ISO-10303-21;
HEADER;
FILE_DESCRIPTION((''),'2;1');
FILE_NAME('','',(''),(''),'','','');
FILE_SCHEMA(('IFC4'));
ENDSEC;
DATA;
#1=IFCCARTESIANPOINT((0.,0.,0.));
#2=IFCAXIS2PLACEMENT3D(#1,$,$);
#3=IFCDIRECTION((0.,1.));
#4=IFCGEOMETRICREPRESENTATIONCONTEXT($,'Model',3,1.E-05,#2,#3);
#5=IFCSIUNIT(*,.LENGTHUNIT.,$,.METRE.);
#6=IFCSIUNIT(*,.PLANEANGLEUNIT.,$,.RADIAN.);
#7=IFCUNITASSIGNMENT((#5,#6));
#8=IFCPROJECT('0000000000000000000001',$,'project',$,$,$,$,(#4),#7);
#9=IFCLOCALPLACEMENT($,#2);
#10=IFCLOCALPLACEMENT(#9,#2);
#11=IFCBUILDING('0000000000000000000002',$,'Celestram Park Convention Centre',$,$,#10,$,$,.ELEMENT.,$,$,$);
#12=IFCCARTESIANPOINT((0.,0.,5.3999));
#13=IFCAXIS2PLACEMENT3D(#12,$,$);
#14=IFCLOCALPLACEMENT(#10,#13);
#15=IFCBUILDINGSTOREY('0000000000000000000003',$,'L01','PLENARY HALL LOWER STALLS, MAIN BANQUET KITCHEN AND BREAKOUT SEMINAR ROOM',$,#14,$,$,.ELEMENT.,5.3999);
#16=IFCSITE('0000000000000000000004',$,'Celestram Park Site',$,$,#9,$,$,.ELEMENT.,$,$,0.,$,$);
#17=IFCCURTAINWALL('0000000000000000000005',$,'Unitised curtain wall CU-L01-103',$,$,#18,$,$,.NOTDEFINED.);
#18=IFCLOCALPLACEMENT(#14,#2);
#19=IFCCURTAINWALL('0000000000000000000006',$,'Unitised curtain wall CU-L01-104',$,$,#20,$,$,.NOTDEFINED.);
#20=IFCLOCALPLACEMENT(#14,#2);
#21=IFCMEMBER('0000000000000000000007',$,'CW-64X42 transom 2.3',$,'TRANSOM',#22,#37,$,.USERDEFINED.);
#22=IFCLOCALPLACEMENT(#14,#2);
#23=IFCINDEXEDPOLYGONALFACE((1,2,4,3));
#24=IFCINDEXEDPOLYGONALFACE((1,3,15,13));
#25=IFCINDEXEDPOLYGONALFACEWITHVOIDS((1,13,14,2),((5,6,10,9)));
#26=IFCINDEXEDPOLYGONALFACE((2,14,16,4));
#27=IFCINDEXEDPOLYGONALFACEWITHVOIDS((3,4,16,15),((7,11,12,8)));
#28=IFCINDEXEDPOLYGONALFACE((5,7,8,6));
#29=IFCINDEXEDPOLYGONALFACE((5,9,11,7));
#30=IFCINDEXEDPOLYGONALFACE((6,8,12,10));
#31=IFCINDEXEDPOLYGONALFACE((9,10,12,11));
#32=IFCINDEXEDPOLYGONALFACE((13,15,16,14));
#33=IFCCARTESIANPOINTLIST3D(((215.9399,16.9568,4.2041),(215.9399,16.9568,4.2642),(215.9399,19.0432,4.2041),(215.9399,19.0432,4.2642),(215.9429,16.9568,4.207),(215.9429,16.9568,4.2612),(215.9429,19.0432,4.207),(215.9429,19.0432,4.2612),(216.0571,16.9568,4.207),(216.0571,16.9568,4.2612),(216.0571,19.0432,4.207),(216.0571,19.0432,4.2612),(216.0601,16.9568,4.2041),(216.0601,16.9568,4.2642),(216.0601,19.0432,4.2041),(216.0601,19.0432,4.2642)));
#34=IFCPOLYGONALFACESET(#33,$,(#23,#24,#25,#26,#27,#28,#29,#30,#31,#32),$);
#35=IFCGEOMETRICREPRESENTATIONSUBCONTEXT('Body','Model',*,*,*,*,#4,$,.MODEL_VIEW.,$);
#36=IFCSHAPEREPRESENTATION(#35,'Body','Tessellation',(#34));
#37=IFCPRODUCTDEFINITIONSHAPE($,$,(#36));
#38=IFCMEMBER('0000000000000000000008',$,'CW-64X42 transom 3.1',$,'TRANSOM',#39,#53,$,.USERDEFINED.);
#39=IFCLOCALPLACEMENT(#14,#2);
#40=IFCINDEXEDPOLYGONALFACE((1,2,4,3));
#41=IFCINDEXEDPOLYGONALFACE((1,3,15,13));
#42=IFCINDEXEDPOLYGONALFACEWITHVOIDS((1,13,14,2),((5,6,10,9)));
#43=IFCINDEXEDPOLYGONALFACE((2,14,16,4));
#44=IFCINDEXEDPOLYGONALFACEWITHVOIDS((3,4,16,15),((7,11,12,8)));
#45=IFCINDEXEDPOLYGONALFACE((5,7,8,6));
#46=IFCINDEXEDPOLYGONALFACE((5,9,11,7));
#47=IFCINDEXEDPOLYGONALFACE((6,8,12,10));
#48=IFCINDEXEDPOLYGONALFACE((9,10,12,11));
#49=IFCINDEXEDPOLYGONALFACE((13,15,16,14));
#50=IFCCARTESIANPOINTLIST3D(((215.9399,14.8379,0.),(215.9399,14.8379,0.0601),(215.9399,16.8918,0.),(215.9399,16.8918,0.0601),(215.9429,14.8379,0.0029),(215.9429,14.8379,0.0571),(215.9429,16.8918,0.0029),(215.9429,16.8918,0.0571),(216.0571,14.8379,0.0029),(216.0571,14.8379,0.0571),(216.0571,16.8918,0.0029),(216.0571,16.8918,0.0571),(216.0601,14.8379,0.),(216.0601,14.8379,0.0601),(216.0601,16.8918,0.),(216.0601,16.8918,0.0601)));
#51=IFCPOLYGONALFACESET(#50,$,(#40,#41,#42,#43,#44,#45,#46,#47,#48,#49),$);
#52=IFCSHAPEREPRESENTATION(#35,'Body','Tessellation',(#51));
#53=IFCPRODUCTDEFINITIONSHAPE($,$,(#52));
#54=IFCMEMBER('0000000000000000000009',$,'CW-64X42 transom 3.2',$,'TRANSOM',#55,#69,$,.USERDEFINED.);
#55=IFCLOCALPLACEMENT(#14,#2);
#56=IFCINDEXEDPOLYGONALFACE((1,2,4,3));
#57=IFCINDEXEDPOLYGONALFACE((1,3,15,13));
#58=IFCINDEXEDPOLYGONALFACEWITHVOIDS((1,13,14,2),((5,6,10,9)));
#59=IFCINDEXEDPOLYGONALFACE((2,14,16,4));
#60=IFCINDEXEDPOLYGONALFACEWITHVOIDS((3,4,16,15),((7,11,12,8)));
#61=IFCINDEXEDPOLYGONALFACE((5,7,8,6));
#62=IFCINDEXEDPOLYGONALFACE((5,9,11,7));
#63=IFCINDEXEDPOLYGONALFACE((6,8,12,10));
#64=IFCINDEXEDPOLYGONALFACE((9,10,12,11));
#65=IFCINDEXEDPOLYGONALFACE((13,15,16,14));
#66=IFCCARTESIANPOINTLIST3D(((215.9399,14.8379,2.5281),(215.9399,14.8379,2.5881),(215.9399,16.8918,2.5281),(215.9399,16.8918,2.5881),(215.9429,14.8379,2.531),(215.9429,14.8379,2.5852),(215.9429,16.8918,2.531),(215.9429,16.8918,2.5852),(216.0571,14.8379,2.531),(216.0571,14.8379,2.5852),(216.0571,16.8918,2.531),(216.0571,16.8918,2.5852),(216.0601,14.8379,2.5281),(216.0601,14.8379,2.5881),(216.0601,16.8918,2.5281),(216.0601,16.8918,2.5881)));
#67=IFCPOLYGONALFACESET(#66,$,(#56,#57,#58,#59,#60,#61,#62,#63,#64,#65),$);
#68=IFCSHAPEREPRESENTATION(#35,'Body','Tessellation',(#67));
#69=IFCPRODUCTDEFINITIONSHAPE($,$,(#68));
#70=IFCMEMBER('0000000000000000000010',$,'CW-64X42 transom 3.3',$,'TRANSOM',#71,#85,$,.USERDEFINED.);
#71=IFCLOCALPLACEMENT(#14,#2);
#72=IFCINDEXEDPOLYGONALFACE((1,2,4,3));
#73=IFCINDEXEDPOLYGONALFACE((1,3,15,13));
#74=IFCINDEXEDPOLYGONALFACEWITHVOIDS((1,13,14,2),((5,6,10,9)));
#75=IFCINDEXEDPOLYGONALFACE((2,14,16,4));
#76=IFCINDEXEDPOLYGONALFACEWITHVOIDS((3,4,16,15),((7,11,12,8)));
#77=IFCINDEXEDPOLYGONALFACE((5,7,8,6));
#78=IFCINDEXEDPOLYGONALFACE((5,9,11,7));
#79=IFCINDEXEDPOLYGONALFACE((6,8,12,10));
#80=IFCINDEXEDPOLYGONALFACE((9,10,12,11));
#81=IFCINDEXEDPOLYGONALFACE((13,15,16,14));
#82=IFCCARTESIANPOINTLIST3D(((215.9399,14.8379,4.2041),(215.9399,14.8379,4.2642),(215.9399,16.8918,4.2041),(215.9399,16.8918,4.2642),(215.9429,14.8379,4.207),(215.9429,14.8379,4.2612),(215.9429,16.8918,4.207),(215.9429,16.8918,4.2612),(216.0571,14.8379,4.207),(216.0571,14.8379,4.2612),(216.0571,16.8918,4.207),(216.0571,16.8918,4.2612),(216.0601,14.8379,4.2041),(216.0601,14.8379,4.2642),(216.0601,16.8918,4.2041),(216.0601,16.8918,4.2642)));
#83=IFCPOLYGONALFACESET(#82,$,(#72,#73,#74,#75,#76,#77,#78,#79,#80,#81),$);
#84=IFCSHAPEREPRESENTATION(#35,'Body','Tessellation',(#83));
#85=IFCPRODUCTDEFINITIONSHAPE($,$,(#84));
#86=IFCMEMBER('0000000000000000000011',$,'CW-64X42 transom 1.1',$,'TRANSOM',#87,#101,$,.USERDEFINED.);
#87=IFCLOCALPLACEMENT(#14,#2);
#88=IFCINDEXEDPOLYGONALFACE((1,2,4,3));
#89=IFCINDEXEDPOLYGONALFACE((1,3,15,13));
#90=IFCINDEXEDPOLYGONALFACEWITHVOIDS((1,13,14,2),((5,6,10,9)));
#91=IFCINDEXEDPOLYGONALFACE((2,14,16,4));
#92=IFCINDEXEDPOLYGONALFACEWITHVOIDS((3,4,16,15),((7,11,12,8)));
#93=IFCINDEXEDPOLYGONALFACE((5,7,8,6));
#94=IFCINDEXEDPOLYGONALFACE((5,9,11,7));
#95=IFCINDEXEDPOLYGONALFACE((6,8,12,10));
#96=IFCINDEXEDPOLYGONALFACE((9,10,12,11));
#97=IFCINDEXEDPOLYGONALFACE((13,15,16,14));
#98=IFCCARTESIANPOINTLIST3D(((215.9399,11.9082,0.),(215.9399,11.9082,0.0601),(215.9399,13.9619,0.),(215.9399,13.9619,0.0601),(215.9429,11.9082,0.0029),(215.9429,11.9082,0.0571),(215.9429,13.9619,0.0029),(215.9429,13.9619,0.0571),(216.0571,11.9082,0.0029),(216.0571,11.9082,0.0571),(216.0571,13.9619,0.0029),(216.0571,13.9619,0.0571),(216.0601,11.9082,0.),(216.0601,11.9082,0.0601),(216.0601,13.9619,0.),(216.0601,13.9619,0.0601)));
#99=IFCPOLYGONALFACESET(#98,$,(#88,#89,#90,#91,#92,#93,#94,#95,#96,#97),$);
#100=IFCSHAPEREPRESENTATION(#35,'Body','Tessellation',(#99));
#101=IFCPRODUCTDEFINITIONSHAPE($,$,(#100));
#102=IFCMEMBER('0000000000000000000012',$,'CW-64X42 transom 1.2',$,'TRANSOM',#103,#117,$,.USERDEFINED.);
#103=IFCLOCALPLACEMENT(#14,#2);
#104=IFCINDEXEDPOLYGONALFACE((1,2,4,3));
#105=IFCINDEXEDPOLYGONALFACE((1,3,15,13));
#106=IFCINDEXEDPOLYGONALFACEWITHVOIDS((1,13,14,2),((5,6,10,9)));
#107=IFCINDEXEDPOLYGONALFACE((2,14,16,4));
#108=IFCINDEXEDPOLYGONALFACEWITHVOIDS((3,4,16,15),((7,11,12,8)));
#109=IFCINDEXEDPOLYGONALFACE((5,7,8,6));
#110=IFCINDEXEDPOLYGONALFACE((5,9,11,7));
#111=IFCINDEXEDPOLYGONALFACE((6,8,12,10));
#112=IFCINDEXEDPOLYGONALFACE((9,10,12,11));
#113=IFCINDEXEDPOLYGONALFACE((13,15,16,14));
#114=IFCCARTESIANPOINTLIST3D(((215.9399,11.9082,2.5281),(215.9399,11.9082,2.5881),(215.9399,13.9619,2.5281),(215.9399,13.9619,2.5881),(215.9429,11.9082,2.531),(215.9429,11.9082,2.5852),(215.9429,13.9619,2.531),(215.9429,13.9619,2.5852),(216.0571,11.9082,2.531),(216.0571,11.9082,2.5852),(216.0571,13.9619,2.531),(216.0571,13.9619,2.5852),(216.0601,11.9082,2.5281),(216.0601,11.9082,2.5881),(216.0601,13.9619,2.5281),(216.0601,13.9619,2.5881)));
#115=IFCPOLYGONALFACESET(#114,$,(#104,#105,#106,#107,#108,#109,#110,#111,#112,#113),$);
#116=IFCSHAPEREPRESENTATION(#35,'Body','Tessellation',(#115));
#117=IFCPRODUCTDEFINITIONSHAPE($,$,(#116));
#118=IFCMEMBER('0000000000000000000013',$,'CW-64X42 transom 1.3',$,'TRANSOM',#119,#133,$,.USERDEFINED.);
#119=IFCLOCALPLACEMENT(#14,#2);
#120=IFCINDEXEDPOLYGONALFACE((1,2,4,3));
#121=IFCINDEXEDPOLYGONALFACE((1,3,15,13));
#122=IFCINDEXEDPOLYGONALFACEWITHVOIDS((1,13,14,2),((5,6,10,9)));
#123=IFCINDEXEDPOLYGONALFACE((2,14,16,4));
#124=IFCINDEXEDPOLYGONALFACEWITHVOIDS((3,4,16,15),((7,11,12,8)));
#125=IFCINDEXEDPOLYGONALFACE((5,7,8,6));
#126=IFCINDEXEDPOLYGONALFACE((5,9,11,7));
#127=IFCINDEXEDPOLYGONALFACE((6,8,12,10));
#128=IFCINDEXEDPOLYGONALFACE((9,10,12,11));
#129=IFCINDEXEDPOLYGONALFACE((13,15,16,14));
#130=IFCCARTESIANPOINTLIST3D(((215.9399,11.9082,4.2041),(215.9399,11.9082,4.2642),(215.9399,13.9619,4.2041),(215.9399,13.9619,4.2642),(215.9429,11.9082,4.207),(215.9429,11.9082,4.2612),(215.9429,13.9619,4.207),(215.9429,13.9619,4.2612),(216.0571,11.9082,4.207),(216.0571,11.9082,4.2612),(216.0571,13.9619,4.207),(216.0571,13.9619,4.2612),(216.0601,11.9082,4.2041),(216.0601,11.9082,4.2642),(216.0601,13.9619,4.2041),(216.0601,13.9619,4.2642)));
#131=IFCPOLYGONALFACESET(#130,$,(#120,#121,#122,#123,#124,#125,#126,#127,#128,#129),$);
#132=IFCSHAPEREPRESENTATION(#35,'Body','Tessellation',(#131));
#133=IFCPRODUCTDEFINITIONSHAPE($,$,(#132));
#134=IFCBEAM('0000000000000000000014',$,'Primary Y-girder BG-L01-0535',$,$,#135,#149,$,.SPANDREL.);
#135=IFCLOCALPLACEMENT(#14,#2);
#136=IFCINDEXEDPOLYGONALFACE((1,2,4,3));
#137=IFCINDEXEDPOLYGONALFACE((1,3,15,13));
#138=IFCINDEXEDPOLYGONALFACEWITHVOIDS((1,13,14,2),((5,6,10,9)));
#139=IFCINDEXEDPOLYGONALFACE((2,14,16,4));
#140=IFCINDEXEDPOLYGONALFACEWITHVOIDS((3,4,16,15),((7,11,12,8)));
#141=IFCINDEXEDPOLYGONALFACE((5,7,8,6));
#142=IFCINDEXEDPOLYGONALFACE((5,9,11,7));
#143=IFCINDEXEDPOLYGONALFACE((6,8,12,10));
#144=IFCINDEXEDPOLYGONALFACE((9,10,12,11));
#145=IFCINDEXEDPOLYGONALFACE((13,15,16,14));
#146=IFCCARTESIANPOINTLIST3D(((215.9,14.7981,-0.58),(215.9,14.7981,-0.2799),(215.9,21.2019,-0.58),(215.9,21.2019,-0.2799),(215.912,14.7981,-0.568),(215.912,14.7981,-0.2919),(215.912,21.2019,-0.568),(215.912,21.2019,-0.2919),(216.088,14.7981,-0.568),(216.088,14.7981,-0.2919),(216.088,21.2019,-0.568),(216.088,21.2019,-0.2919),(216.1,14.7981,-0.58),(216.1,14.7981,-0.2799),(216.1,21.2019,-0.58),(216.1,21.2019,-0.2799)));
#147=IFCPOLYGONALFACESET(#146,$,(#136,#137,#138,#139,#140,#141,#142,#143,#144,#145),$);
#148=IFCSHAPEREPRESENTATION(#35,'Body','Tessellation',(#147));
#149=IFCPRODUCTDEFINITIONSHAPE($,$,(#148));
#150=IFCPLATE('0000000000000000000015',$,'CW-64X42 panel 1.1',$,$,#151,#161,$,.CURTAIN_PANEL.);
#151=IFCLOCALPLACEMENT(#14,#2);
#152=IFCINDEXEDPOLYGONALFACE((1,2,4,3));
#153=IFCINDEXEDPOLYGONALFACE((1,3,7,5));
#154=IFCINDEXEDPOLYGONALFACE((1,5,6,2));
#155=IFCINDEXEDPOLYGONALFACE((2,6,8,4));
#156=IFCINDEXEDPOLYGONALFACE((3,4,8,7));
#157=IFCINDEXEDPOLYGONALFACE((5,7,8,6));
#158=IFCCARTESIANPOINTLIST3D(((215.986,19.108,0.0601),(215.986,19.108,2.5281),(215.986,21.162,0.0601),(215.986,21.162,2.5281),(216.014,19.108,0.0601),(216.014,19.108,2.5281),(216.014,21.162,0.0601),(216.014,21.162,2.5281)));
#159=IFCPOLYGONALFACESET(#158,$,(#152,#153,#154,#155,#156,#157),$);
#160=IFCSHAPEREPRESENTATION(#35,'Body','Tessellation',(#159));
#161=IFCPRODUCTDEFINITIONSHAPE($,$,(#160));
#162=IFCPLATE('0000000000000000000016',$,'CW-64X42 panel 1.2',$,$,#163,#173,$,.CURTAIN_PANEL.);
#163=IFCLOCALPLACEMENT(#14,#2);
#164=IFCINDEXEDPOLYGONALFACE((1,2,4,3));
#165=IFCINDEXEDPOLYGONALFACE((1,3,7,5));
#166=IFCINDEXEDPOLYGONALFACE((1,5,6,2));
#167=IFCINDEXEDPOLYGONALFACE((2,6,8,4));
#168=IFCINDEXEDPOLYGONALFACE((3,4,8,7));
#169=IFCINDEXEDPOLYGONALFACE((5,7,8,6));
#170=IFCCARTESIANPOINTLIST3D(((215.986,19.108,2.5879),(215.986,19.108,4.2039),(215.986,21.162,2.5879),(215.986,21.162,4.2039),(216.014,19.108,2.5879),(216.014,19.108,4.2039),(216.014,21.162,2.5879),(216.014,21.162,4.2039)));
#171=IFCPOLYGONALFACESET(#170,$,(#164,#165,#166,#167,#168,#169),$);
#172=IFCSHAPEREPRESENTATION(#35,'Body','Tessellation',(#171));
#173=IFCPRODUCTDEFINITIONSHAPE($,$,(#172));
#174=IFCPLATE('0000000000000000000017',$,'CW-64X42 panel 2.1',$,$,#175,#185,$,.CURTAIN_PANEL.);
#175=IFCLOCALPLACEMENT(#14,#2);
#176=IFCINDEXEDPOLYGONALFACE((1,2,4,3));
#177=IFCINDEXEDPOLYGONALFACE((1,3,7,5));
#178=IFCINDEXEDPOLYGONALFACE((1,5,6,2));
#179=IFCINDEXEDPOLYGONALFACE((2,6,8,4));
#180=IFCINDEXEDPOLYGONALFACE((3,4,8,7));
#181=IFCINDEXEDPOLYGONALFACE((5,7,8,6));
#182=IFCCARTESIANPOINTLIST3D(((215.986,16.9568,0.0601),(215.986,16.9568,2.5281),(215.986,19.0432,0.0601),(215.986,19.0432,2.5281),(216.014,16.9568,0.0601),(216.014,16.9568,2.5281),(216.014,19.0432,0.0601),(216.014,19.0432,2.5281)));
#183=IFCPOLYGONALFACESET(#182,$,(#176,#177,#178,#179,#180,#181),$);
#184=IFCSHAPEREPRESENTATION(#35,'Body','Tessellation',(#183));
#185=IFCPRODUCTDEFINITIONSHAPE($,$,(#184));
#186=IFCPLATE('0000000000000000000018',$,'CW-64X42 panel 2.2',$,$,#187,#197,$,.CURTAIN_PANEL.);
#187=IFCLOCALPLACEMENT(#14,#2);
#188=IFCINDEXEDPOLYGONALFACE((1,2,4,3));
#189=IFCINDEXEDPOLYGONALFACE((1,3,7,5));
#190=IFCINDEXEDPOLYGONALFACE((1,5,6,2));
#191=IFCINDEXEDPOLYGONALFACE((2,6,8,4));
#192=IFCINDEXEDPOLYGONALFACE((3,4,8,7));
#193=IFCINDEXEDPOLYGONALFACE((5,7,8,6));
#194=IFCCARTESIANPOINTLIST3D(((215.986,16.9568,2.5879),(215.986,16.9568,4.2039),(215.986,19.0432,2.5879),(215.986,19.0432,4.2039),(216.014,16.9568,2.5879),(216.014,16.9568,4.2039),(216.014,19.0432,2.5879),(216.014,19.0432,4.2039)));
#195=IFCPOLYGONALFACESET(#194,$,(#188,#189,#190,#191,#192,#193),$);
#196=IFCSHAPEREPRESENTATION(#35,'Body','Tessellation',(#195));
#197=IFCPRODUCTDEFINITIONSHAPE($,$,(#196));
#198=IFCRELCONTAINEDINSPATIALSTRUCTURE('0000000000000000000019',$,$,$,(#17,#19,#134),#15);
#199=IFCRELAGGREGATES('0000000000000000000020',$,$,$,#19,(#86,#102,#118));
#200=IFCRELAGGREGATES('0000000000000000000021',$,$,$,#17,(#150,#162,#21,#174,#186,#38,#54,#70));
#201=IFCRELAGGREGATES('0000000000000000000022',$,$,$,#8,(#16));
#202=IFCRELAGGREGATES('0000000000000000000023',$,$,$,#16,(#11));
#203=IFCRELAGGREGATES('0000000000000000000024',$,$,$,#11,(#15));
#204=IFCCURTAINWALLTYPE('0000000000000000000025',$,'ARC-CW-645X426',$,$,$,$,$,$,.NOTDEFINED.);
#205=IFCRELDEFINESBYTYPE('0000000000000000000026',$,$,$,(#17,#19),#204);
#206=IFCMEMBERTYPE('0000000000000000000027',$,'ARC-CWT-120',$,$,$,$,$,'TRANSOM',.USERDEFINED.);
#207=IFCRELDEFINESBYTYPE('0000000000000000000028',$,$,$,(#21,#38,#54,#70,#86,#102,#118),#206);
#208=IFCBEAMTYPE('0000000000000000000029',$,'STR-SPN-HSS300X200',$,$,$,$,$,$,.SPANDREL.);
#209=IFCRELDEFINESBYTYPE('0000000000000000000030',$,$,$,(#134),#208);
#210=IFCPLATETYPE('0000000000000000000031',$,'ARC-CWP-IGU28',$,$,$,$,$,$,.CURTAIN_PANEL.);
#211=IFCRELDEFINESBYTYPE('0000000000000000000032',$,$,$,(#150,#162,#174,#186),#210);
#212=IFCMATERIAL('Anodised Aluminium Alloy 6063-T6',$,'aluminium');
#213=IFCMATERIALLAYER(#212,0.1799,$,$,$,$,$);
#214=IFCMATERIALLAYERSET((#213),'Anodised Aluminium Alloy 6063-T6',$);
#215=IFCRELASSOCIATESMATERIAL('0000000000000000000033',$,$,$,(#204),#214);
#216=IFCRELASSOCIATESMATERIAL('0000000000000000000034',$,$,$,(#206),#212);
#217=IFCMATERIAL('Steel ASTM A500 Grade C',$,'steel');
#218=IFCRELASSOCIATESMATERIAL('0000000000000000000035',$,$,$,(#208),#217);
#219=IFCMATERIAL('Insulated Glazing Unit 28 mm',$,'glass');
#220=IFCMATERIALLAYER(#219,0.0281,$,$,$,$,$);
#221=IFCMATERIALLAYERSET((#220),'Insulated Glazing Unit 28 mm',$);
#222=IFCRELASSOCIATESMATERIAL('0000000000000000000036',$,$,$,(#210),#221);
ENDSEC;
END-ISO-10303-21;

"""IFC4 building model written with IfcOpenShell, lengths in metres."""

from ifc_helpers import new_model, si_unit, direction, frame, origin, origin_2d, place, context, subcontext, project, spatial, rectangle, hollow_rectangle, extrude, material, layer, layer_set, material_profile, profile_set, type_object, element, aggregate, save


model = new_model("IFC4")

# Units and contexts
model_context = context("Model", 3, precision=1e-05, world=origin(), true_north=direction((0.0, 1.0)))
body_context = subcontext(model_context, "Body", "Model", "MODEL_VIEW")
ifc_project = project(units=[si_unit("LENGTHUNIT", "METRE"), si_unit("PLANEANGLEUNIT", "RADIAN")], contexts=[model_context])

# Site, building, storey
site_placement = place(None, origin())
site = spatial("IfcSite", under=ifc_project, at=site_placement, Name="Celestram Park Site", CompositionType="ELEMENT", RefElevation=0.0)
building_placement = place(site_placement, origin())
building = spatial("IfcBuilding", under=site, at=building_placement, Name="Celestram Park Convention Centre", CompositionType="ELEMENT")
storey_placement = place(building_placement, frame((0.0, 0.0, 5.3999)))
storey = spatial("IfcBuildingStorey", under=building, at=storey_placement, Name="L01", Description="PLENARY HALL LOWER STALLS, MAIN BANQUET KITCHEN AND BREAKOUT SEMINAR ROOM", CompositionType="ELEMENT", Elevation=5.3999)

# Curtain wall
ifc_material_1 = material(Name="Anodised Aluminium Alloy 6063-T6", Category="aluminium")
ifc_layer_1 = layer(ifc_material_1, 0.1799)
ifc_layer_set_1 = layer_set([ifc_layer_1], Name="Anodised Aluminium Alloy 6063-T6")
curtain_wall_type = type_object("IfcCurtainWallType", Name="ARC-CW-645X426", PredefinedType="NOTDEFINED", material=ifc_layer_set_1)
curtain_wall_1_placement = place(storey_placement, origin())
curtain_wall_1 = element("IfcCurtainWall", 1, at=curtain_wall_1_placement, inside=storey, type_object=curtain_wall_type, Name="Unitised curtain wall CU-L01-103", PredefinedType="NOTDEFINED")

# Curtain wall
curtain_wall_2_placement = place(storey_placement, origin())
curtain_wall_2 = element("IfcCurtainWall", 2, at=curtain_wall_2_placement, inside=storey, type_object=curtain_wall_type, Name="Unitised curtain wall CU-L01-104", PredefinedType="NOTDEFINED")

# Members
ifc_material_profile_1 = material_profile(ifc_material_1, hollow_rectangle(XDim=0.1201, YDim=0.0601, WallThickness=0.0029, at=origin_2d()), Name="ALU120X60X3")
ifc_profile_set_1 = profile_set([ifc_material_profile_1], Name="Anodised Aluminium Alloy 6063-T6")
member_type_1 = type_object("IfcMemberType", Name="ARC-CWT-120", ElementType="TRANSOM", PredefinedType="USERDEFINED", material=ifc_profile_set_1)
member_1_placement = place(storey_placement, frame((216.0, 19.0432, 4.2341), z_axis=(0.0, -1.0, 0.0), x_axis=(1.0, 0.0, 0.0)))
member_1 = element("IfcMember", 3, at=member_1_placement, type_object=member_type_1, Name="CW-64X42 transom 2.3", ObjectType="TRANSOM", PredefinedType="USERDEFINED", context=body_context, shape_type="SweptSolid", body=[
    extrude(hollow_rectangle(XDim=0.1201, YDim=0.0601, WallThickness=0.0029, at=origin_2d()), origin(), (0.0, 0.0, 1.0), 2.0864),
])
member_2_placement = place(storey_placement, frame((216.0, 16.8918, 0.03), z_axis=(0.0, -1.0, 0.0), x_axis=(1.0, 0.0, 0.0)))
member_2 = element("IfcMember", 4, at=member_2_placement, type_object=member_type_1, Name="CW-64X42 transom 3.1", ObjectType="TRANSOM", PredefinedType="USERDEFINED", context=body_context, shape_type="SweptSolid", body=[
    extrude(hollow_rectangle(XDim=0.1201, YDim=0.0601, WallThickness=0.0029, at=origin_2d()), origin(), (0.0, 0.0, 1.0), 2.054),
])
member_3_placement = place(storey_placement, frame((216.0, 16.8918, 2.5581), z_axis=(0.0, -1.0, 0.0), x_axis=(1.0, 0.0, 0.0)))
member_3 = element("IfcMember", 5, at=member_3_placement, type_object=member_type_1, Name="CW-64X42 transom 3.2", ObjectType="TRANSOM", PredefinedType="USERDEFINED", context=body_context, shape_type="SweptSolid", body=[
    extrude(hollow_rectangle(XDim=0.1201, YDim=0.0601, WallThickness=0.0029, at=origin_2d()), origin(), (0.0, 0.0, 1.0), 2.054),
])
member_4_placement = place(storey_placement, frame((216.0, 16.8918, 4.2341), z_axis=(0.0, -1.0, 0.0), x_axis=(1.0, 0.0, 0.0)))
member_4 = element("IfcMember", 6, at=member_4_placement, type_object=member_type_1, Name="CW-64X42 transom 3.3", ObjectType="TRANSOM", PredefinedType="USERDEFINED", context=body_context, shape_type="SweptSolid", body=[
    extrude(hollow_rectangle(XDim=0.1201, YDim=0.0601, WallThickness=0.0029, at=origin_2d()), origin(), (0.0, 0.0, 1.0), 2.054),
])
member_5_placement = place(storey_placement, frame((216.0, 13.9619, 0.03), z_axis=(0.0, -1.0, 0.0), x_axis=(1.0, 0.0, 0.0)))
member_5 = element("IfcMember", 7, at=member_5_placement, type_object=member_type_1, Name="CW-64X42 transom 1.1", ObjectType="TRANSOM", PredefinedType="USERDEFINED", context=body_context, shape_type="SweptSolid", body=[
    extrude(hollow_rectangle(XDim=0.1201, YDim=0.0601, WallThickness=0.0029, at=origin_2d()), origin(), (0.0, 0.0, 1.0), 2.0537),
])
member_6_placement = place(storey_placement, frame((216.0, 13.9619, 2.5581), z_axis=(0.0, -1.0, 0.0), x_axis=(1.0, 0.0, 0.0)))
member_6 = element("IfcMember", 8, at=member_6_placement, type_object=member_type_1, Name="CW-64X42 transom 1.2", ObjectType="TRANSOM", PredefinedType="USERDEFINED", context=body_context, shape_type="SweptSolid", body=[
    extrude(hollow_rectangle(XDim=0.1201, YDim=0.0601, WallThickness=0.0029, at=origin_2d()), origin(), (0.0, 0.0, 1.0), 2.0537),
])
member_7_placement = place(storey_placement, frame((216.0, 13.9619, 4.2341), z_axis=(0.0, -1.0, 0.0), x_axis=(1.0, 0.0, 0.0)))
member_7 = element("IfcMember", 9, at=member_7_placement, type_object=member_type_1, Name="CW-64X42 transom 1.3", ObjectType="TRANSOM", PredefinedType="USERDEFINED", context=body_context, shape_type="SweptSolid", body=[
    extrude(hollow_rectangle(XDim=0.1201, YDim=0.0601, WallThickness=0.0029, at=origin_2d()), origin(), (0.0, 0.0, 1.0), 2.0537),
])
aggregate(curtain_wall_2, [member_5, member_6, member_7])

# Beam
ifc_material_2 = material(Name="Steel ASTM A500 Grade C", Category="steel")
ifc_material_profile_2 = material_profile(ifc_material_2, hollow_rectangle(XDim=0.2, YDim=0.3, WallThickness=0.012, at=origin_2d()), Name="HSS300X200X12")
ifc_profile_set_2 = profile_set([ifc_material_profile_2], Name="Steel ASTM A500 Grade C")
beam_type = type_object("IfcBeamType", Name="STR-SPN-HSS300X200", PredefinedType="SPANDREL", material=ifc_profile_set_2)
beam_placement = place(storey_placement, frame((216.0, 14.7981, -0.4299), z_axis=(0.0, 1.0, 0.0), x_axis=(-1.0, 0.0, 0.0)))
element("IfcBeam", 10, at=beam_placement, inside=storey, type_object=beam_type, Name="Primary Y-girder BG-L01-0535", PredefinedType="SPANDREL", context=body_context, shape_type="SweptSolid", body=[
    extrude(hollow_rectangle(XDim=0.2, YDim=0.3, WallThickness=0.012, at=origin_2d()), origin(), (0.0, 0.0, 1.0), 6.4038),
])

# Plates
ifc_material_3 = material(Name="Insulated Glazing Unit 28 mm", Category="glass")
ifc_layer_2 = layer(ifc_material_3, 0.0281)
ifc_layer_set_2 = layer_set([ifc_layer_2], Name="Insulated Glazing Unit 28 mm")
plate_type = type_object("IfcPlateType", Name="ARC-CWP-IGU28", PredefinedType="CURTAIN_PANEL", material=ifc_layer_set_2)
plate_1_placement = place(storey_placement, frame((216.0, 20.135, 0.0601), z_axis=(0.0, 0.0, 1.0), x_axis=(0.0, -1.0, 0.0)))
plate_1 = element("IfcPlate", 11, at=plate_1_placement, type_object=plate_type, Name="CW-64X42 panel 1.1", PredefinedType="CURTAIN_PANEL", context=body_context, shape_type="SweptSolid", body=[
    extrude(rectangle(XDim=2.054, YDim=0.0281, at=origin_2d()), origin(), (0.0, 0.0, 1.0), 2.468),
])
plate_2_placement = place(storey_placement, frame((216.0, 20.135, 2.5879), z_axis=(0.0, 0.0, 1.0), x_axis=(0.0, -1.0, 0.0)))
plate_2 = element("IfcPlate", 12, at=plate_2_placement, type_object=plate_type, Name="CW-64X42 panel 1.2", PredefinedType="CURTAIN_PANEL", context=body_context, shape_type="SweptSolid", body=[
    extrude(rectangle(XDim=2.054, YDim=0.0281, at=origin_2d()), origin(), (0.0, 0.0, 1.0), 1.616),
])
plate_3_placement = place(storey_placement, frame((216.0, 18.0, 0.0601), z_axis=(0.0, 0.0, 1.0), x_axis=(0.0, -1.0, 0.0)))
plate_3 = element("IfcPlate", 13, at=plate_3_placement, type_object=plate_type, Name="CW-64X42 panel 2.1", PredefinedType="CURTAIN_PANEL", context=body_context, shape_type="SweptSolid", body=[
    extrude(rectangle(XDim=2.0864, YDim=0.0281, at=origin_2d()), origin(), (0.0, 0.0, 1.0), 2.468),
])
plate_4_placement = place(storey_placement, frame((216.0, 18.0, 2.5879), z_axis=(0.0, 0.0, 1.0), x_axis=(0.0, -1.0, 0.0)))
plate_4 = element("IfcPlate", 14, at=plate_4_placement, type_object=plate_type, Name="CW-64X42 panel 2.2", PredefinedType="CURTAIN_PANEL", context=body_context, shape_type="SweptSolid", body=[
    extrude(rectangle(XDim=2.0864, YDim=0.0281, at=origin_2d()), origin(), (0.0, 0.0, 1.0), 1.616),
])
aggregate(curtain_wall_1, [plate_1, plate_2, member_1, plate_3, plate_4, member_2, member_3, member_4])

save(model, "model.ifc")
